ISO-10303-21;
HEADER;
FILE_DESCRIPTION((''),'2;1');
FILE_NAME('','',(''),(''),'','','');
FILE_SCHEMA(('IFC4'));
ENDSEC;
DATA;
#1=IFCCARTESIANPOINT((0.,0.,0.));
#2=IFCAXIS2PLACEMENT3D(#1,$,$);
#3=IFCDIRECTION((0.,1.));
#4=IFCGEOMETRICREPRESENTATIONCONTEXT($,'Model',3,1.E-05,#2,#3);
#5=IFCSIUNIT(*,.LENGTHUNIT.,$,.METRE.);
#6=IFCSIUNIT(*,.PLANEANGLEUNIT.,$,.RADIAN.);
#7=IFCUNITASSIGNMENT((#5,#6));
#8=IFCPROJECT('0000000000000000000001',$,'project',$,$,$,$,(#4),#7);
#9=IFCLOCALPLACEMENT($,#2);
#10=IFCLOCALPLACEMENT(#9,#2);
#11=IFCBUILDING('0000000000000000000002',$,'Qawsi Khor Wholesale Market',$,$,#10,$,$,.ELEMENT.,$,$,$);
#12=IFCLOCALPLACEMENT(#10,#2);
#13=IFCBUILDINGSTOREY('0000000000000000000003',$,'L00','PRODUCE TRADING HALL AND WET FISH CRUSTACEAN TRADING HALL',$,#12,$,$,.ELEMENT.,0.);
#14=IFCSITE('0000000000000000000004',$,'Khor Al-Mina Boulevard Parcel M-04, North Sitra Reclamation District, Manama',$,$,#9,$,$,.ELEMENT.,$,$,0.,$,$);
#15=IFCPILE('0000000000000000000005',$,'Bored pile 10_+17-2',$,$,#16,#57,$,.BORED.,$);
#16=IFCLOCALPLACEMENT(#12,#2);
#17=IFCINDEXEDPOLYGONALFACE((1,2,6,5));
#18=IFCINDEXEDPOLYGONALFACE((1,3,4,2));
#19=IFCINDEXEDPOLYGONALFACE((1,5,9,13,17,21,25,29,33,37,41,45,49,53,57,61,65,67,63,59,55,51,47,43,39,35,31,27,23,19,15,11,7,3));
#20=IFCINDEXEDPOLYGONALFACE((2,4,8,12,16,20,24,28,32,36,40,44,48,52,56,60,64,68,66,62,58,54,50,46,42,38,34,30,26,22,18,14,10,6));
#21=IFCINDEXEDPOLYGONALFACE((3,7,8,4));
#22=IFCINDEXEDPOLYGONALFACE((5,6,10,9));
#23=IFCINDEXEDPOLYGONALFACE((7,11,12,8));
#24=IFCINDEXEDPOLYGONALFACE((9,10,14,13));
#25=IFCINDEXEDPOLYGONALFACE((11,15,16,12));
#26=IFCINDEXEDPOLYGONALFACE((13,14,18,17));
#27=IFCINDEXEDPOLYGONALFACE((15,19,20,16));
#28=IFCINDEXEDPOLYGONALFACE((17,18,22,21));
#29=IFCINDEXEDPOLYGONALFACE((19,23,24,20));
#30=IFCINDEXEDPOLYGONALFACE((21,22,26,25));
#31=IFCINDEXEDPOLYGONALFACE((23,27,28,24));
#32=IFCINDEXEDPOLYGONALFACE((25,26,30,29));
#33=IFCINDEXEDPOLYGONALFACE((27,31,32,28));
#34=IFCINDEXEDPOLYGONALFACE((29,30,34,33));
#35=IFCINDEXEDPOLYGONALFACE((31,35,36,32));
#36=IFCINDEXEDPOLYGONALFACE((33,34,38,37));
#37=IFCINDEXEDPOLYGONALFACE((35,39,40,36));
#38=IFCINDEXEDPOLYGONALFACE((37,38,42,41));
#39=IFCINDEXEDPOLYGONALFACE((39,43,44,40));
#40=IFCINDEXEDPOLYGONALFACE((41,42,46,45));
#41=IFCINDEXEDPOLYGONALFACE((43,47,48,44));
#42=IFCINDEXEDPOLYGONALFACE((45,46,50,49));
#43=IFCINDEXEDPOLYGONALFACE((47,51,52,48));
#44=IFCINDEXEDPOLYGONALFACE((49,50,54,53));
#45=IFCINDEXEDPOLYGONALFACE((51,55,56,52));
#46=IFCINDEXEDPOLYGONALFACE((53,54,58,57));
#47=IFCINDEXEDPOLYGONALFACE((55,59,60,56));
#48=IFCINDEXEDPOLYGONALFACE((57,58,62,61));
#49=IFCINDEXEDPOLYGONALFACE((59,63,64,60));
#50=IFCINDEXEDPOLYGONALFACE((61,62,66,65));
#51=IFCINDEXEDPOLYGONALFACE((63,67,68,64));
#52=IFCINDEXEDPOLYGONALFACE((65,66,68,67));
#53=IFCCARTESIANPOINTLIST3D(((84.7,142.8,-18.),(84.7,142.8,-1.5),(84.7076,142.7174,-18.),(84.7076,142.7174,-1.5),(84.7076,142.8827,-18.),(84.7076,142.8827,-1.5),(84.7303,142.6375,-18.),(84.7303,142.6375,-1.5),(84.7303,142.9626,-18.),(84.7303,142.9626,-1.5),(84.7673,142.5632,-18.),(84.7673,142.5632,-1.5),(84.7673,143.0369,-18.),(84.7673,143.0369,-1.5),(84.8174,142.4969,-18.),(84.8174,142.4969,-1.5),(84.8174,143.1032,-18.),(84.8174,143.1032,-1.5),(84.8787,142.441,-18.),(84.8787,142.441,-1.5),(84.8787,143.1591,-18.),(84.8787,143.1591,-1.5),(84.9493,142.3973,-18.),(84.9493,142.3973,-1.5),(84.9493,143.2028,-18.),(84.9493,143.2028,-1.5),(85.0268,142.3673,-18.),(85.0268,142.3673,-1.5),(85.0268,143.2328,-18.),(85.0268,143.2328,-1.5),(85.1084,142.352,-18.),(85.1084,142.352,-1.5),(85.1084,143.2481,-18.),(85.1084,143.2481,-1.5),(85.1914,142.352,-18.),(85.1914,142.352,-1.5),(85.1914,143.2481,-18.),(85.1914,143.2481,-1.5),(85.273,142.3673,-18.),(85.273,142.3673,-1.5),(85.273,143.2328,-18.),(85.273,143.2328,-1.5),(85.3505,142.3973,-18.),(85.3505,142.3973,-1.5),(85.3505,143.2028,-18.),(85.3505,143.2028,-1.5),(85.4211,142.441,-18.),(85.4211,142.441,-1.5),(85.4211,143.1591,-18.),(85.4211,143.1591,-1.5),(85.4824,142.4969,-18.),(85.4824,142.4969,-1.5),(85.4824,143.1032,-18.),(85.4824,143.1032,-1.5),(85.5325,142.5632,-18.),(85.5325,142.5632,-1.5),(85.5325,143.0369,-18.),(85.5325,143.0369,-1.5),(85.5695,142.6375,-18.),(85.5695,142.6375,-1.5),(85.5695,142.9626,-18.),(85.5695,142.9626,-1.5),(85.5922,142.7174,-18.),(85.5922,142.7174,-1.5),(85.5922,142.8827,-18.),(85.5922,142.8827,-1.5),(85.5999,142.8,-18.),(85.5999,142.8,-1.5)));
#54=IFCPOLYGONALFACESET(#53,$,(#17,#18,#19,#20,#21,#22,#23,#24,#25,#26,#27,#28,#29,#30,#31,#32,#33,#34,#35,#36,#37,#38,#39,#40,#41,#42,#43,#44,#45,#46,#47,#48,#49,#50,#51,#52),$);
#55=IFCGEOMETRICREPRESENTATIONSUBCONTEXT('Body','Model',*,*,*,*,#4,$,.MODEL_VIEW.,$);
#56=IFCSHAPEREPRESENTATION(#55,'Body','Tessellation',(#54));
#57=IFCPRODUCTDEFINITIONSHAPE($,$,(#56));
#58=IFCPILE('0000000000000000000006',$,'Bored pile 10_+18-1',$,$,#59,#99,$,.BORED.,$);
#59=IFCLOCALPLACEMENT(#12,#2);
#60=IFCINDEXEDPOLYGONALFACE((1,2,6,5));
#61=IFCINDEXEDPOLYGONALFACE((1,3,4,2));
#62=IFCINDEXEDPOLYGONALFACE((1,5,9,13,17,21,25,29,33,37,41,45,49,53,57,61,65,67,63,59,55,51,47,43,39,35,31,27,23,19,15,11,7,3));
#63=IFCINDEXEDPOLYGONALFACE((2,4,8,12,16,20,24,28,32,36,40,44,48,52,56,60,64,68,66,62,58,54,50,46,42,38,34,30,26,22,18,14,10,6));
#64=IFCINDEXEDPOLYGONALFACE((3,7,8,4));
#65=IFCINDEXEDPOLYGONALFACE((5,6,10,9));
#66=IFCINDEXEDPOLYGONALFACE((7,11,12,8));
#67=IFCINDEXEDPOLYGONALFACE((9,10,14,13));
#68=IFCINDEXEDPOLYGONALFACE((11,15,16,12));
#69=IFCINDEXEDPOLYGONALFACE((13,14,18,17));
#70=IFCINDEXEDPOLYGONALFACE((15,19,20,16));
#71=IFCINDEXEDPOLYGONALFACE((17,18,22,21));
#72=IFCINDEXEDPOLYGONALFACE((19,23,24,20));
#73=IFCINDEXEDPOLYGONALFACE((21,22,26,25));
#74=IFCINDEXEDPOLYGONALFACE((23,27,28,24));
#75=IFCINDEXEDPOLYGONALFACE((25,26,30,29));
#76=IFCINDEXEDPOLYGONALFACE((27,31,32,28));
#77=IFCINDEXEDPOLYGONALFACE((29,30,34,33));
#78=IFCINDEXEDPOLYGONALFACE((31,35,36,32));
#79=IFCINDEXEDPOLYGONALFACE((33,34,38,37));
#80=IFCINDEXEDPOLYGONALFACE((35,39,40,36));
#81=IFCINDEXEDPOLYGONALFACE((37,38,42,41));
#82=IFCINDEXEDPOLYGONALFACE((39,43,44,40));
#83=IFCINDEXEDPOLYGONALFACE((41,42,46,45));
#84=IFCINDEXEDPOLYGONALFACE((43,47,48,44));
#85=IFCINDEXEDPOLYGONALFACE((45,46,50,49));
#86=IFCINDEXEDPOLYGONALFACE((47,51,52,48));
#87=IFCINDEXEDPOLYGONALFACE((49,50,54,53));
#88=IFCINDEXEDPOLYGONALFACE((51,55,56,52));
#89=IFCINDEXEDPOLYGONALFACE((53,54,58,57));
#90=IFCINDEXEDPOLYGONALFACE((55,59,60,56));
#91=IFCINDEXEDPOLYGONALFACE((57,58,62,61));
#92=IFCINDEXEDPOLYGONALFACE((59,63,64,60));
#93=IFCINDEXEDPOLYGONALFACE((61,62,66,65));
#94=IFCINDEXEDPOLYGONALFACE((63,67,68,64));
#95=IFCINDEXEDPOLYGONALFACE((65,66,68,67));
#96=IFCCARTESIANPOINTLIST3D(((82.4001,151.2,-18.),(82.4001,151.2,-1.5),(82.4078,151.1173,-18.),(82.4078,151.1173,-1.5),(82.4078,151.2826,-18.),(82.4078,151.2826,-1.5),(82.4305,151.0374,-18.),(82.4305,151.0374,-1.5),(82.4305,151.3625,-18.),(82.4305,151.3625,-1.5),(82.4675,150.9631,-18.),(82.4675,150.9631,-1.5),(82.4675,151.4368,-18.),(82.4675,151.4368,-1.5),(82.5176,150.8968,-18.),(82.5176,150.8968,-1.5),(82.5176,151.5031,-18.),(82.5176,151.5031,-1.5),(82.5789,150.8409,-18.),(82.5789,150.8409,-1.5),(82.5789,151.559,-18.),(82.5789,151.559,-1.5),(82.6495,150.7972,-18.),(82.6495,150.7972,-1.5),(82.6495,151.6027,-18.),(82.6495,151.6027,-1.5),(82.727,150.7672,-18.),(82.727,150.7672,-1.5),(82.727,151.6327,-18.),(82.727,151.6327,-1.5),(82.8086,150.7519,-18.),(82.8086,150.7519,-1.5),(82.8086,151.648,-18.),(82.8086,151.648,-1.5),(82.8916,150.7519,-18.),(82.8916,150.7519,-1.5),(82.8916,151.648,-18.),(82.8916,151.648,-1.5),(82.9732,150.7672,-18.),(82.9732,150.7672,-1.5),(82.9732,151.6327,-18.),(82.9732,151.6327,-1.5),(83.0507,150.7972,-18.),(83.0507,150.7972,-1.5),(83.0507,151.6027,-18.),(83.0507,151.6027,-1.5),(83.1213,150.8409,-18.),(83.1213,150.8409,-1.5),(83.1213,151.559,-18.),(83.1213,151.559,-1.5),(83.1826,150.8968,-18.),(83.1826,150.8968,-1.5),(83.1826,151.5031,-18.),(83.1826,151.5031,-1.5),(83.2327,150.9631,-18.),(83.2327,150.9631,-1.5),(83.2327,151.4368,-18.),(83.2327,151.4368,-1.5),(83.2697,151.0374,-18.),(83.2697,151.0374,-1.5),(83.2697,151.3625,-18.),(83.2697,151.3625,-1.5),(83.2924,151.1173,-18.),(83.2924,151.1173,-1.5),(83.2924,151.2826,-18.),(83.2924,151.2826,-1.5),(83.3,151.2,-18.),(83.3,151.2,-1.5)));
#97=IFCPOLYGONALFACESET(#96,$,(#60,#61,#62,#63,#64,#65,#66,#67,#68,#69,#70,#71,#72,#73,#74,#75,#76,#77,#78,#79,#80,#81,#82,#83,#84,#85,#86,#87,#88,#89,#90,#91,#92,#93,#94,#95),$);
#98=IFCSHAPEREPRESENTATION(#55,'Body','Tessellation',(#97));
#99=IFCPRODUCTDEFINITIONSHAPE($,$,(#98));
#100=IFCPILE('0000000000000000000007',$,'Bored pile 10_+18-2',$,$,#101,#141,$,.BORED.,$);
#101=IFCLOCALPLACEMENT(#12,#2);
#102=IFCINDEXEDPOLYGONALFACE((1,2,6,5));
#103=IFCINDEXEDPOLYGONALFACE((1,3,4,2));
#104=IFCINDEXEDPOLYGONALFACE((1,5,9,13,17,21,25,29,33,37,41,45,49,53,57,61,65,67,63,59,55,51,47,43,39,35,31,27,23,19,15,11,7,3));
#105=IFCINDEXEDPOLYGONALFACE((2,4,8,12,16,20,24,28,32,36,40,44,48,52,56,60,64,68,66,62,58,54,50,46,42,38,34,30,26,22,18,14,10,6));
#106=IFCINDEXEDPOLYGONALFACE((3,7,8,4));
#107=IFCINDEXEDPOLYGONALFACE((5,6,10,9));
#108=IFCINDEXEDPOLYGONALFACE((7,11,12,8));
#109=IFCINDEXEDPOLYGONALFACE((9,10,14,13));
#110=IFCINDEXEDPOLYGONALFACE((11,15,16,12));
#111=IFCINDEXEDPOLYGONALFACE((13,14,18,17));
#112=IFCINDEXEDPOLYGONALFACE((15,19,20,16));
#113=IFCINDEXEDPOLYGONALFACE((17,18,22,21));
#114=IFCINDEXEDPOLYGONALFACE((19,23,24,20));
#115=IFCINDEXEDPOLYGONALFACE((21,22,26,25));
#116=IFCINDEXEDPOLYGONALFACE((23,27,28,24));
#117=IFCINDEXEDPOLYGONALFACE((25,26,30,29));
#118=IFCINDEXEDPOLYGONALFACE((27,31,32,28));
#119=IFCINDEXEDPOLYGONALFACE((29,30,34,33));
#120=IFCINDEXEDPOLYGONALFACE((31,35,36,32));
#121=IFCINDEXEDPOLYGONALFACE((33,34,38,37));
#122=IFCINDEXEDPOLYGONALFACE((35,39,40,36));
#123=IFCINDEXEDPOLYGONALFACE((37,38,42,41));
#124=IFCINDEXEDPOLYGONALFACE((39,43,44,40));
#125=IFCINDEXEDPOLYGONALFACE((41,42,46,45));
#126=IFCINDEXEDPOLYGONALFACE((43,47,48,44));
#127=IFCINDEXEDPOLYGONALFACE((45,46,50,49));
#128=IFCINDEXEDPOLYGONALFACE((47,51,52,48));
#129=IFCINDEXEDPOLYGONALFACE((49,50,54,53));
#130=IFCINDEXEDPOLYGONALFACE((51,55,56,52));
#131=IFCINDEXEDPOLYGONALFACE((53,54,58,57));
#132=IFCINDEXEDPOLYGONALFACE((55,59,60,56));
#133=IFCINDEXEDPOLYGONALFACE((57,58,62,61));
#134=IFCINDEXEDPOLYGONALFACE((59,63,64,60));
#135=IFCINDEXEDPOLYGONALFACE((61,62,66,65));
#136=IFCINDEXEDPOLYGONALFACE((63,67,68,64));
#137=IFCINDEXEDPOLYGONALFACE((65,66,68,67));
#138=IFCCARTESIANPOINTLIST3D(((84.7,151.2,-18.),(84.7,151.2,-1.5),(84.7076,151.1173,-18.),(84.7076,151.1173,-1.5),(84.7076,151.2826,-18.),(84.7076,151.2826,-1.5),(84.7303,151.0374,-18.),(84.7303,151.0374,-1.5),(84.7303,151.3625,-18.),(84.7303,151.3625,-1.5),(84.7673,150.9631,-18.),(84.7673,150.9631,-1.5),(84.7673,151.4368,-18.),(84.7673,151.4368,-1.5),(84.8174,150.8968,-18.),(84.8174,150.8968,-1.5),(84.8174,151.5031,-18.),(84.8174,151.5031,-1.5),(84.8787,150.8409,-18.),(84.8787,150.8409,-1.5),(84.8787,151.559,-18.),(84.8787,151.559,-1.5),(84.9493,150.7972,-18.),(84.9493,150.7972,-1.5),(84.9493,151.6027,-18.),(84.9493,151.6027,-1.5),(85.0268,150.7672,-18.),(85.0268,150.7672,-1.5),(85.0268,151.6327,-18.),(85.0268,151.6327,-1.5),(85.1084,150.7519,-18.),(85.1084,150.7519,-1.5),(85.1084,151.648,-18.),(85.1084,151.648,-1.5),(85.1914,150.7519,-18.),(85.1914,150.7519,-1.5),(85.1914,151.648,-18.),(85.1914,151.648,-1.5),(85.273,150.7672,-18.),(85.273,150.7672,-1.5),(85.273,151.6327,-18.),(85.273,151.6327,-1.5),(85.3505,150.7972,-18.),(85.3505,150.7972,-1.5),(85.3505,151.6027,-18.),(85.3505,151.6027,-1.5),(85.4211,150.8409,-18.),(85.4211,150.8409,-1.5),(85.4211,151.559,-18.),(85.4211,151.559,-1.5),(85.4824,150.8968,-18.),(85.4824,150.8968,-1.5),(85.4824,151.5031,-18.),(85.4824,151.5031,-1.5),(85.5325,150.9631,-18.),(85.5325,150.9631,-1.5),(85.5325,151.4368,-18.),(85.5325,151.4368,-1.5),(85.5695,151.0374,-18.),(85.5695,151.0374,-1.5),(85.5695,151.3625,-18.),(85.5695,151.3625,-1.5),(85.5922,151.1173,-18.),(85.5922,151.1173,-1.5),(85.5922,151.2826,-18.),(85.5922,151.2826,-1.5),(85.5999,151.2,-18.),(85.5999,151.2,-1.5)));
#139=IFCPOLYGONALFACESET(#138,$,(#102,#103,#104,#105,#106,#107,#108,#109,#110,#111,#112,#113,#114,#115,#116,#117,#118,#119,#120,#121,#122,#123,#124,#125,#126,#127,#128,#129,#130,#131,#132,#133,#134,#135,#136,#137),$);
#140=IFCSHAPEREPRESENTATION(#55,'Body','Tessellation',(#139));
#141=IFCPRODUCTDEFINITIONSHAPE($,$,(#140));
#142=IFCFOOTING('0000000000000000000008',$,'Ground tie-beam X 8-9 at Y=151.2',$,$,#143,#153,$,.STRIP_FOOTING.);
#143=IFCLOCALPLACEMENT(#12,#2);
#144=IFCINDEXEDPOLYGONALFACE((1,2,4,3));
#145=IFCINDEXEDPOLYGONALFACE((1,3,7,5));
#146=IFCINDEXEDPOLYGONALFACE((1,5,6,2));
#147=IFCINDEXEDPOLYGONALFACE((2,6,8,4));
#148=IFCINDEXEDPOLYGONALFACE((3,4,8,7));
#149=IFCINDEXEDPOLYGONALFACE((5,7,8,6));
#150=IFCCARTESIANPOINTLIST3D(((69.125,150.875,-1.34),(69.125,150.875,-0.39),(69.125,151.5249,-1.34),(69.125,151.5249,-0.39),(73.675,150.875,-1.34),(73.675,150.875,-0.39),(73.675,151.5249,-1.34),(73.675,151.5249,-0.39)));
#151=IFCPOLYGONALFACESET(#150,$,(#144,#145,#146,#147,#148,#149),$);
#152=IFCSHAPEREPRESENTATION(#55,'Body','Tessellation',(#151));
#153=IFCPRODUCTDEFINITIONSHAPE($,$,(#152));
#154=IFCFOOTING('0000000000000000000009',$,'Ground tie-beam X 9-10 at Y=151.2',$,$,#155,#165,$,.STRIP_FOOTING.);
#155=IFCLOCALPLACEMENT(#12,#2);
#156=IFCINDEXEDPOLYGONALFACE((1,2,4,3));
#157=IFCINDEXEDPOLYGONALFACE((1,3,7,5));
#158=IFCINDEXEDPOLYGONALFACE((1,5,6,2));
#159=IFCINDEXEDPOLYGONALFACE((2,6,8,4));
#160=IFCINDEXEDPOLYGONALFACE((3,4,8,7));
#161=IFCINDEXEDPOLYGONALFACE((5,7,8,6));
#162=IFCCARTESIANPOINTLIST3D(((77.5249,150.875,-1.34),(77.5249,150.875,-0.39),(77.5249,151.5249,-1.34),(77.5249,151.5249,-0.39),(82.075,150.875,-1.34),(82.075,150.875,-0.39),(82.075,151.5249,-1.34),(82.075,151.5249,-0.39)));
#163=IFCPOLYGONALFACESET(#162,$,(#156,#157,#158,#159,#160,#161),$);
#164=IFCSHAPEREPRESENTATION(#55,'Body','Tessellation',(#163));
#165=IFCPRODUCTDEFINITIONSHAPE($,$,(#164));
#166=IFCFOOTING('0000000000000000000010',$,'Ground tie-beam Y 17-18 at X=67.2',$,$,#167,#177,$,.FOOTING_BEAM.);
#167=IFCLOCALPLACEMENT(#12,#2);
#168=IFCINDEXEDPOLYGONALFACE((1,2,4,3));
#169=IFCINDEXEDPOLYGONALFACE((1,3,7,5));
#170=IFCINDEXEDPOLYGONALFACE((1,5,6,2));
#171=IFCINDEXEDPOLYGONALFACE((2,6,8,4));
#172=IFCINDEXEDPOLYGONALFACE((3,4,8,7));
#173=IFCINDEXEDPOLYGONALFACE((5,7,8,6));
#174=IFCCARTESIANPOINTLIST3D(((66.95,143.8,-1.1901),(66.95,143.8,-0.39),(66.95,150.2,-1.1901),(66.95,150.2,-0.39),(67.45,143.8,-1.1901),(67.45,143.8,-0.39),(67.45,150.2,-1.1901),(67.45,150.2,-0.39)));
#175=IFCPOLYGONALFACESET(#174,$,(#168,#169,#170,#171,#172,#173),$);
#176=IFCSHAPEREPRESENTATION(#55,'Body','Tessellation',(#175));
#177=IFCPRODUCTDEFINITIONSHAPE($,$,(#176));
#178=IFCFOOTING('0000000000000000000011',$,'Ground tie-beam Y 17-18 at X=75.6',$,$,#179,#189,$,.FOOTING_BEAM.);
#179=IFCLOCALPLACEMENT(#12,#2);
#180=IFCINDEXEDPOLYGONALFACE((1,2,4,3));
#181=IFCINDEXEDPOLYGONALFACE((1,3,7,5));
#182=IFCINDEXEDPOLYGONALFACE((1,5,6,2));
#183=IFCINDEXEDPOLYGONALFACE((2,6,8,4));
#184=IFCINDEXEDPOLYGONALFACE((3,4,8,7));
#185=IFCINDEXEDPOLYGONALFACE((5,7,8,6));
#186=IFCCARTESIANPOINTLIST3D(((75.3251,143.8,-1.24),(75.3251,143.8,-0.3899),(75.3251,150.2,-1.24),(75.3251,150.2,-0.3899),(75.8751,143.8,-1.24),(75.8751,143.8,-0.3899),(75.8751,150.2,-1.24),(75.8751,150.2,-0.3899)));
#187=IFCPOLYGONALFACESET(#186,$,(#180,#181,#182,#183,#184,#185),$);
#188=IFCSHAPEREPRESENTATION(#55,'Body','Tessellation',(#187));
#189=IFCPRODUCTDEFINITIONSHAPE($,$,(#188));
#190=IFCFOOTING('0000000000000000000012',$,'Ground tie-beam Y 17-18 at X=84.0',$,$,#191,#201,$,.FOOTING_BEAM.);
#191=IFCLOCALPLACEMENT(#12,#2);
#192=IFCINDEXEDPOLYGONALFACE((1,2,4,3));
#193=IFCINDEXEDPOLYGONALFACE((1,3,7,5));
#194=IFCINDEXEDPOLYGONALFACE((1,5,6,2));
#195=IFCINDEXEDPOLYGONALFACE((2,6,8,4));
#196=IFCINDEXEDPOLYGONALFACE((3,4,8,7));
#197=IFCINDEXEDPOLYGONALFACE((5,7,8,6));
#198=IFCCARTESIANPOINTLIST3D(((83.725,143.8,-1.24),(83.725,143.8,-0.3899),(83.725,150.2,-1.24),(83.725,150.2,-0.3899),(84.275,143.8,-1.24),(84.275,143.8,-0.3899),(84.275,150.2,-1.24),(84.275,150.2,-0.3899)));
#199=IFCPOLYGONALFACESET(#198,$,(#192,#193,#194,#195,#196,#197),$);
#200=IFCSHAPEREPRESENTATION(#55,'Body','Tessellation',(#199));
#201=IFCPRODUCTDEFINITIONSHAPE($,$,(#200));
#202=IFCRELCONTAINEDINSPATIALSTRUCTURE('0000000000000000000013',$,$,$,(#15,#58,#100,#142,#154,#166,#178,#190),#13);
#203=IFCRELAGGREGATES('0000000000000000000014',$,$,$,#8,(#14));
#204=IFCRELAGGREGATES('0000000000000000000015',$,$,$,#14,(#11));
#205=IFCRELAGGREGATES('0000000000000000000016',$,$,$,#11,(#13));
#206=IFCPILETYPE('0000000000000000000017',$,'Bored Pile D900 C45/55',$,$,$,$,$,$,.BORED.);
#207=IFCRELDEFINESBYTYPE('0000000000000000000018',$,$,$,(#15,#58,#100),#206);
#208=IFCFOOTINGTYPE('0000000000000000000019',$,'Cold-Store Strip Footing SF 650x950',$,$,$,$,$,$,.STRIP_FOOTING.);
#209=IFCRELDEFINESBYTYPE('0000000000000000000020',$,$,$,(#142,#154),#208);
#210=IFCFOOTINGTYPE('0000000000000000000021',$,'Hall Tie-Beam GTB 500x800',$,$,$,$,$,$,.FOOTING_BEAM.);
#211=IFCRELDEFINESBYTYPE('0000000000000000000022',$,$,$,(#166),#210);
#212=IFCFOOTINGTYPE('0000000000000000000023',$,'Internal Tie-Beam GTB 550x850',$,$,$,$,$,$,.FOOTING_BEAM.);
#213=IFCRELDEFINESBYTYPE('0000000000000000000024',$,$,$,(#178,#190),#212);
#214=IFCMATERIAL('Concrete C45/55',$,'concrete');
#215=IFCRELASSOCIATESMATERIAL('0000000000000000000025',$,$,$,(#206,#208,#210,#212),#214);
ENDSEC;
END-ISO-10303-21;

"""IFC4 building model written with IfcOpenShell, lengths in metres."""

from ifc_helpers import new_model, si_unit, direction, frame, origin, origin_2d, place, context, subcontext, project, spatial, rectangle, circle, extrude, material, material_profile, profile_set, type_object, element, save


model = new_model("IFC4")

# Units and contexts
model_context = context("Model", 3, precision=1e-05, world=origin(), true_north=direction((0.0, 1.0)))
body_context = subcontext(model_context, "Body", "Model", "MODEL_VIEW")
ifc_project = project(units=[si_unit("LENGTHUNIT", "METRE"), si_unit("PLANEANGLEUNIT", "RADIAN")], contexts=[model_context])

# Site, building, storey
site_placement = place(None, origin())
site = spatial("IfcSite", under=ifc_project, at=site_placement, Name="Khor Al-Mina Boulevard Parcel M-04, North Sitra Reclamation District, Manama", CompositionType="ELEMENT", RefElevation=0.0)
building_placement = place(site_placement, origin())
building = spatial("IfcBuilding", under=site, at=building_placement, Name="Qawsi Khor Wholesale Market", CompositionType="ELEMENT")
storey_placement = place(building_placement, origin())
storey = spatial("IfcBuildingStorey", under=building, at=storey_placement, Name="L00", Description="PRODUCE TRADING HALL AND WET FISH CRUSTACEAN TRADING HALL", CompositionType="ELEMENT", Elevation=0.0)

# Piles
ifc_material_1 = material(Name="Concrete C45/55", Category="concrete")
ifc_material_profile_1 = material_profile(ifc_material_1, circle(Radius=0.45, at=origin_2d()), Name="PILE D900")
ifc_profile_set_1 = profile_set([ifc_material_profile_1], Name="Concrete C45/55")
pile_type = type_object("IfcPileType", Name="Bored Pile D900 C45/55", PredefinedType="BORED", material=ifc_profile_set_1)
for number, where, z_axis, x_axis, name in (
    (1, (85.1499, 142.8, -1.5), (0.0, 0.0, -1.0), (1.0, 0.0, 0.0), "Bored pile 10_+17-2"),
    (2, (82.8501, 151.2, -1.5), (0.0, 0.0, -1.0), (1.0, 0.0, 0.0), "Bored pile 10_+18-1"),
    (3, (85.1499, 151.2, -1.5), (0.0, 0.0, -1.0), (1.0, 0.0, 0.0), "Bored pile 10_+18-2"),
):
    element("IfcPile", number, at=place(storey_placement, frame(where, z_axis=z_axis, x_axis=x_axis)), inside=storey, type_object=pile_type, Name=name, PredefinedType="BORED", context=body_context, shape_type="SweptSolid", body=[
        extrude(circle(Radius=0.45, at=origin_2d()), origin(), (0.0, 0.0, 1.0), 16.5),
    ])

# Footings
ifc_material_profile_2 = material_profile(ifc_material_1, rectangle(XDim=0.6499, YDim=0.95, at=origin_2d()), Name="RC 650x950")
ifc_profile_set_2 = profile_set([ifc_material_profile_2], Name="Concrete C45/55")
footing_type_1 = type_object("IfcFootingType", Name="Cold-Store Strip Footing SF 650x950", PredefinedType="STRIP_FOOTING", material=ifc_profile_set_2)
for number, where, z_axis, x_axis, name in (
    (4, (69.125, 151.2, -0.865), (1.0, 0.0, 0.0), (0.0, 1.0, 0.0), "Ground tie-beam X 8-9 at Y=151.2"),
    (5, (77.5249, 151.2, -0.865), (1.0, 0.0, 0.0), (0.0, 1.0, 0.0), "Ground tie-beam X 9-10 at Y=151.2"),
):
    element("IfcFooting", number, at=place(storey_placement, frame(where, z_axis=z_axis, x_axis=x_axis)), inside=storey, type_object=footing_type_1, Name=name, PredefinedType="STRIP_FOOTING", context=body_context, shape_type="SweptSolid", body=[
        extrude(rectangle(XDim=0.6499, YDim=0.95, at=origin_2d()), origin(), (0.0, 0.0, 1.0), 4.55),
    ])
ifc_material_profile_3 = material_profile(ifc_material_1, rectangle(XDim=0.5, YDim=0.8, at=origin_2d()), Name="RC 500x800")
ifc_profile_set_3 = profile_set([ifc_material_profile_3], Name="Concrete C45/55")
footing_type_2 = type_object("IfcFootingType", Name="Hall Tie-Beam GTB 500x800", PredefinedType="FOOTING_BEAM", material=ifc_profile_set_3)
footing_placement = place(storey_placement, frame((67.2, 143.8, -0.79), z_axis=(0.0, 1.0, 0.0), x_axis=(-1.0, 0.0, 0.0)))
element("IfcFooting", 6, at=footing_placement, inside=storey, type_object=footing_type_2, Name="Ground tie-beam Y 17-18 at X=67.2", PredefinedType="FOOTING_BEAM", context=body_context, shape_type="SweptSolid", body=[
    extrude(rectangle(XDim=0.5, YDim=0.8, at=origin_2d()), origin(), (0.0, 0.0, 1.0), 6.3999),
])
ifc_material_profile_4 = material_profile(ifc_material_1, rectangle(XDim=0.55, YDim=0.8501, at=origin_2d()), Name="RC 550x850")
ifc_profile_set_4 = profile_set([ifc_material_profile_4], Name="Concrete C45/55")
footing_type_3 = type_object("IfcFootingType", Name="Internal Tie-Beam GTB 550x850", PredefinedType="FOOTING_BEAM", material=ifc_profile_set_4)
for number, where, z_axis, x_axis, name in (
    (7, (75.6001, 143.8, -0.8149), (0.0, 1.0, 0.0), (-1.0, 0.0, 0.0), "Ground tie-beam Y 17-18 at X=75.6"),
    (8, (84.0, 143.8, -0.8149), (0.0, 1.0, 0.0), (-1.0, 0.0, 0.0), "Ground tie-beam Y 17-18 at X=84.0"),
):
    element("IfcFooting", number, at=place(storey_placement, frame(where, z_axis=z_axis, x_axis=x_axis)), inside=storey, type_object=footing_type_3, Name=name, PredefinedType="FOOTING_BEAM", context=body_context, shape_type="SweptSolid", body=[
        extrude(rectangle(XDim=0.55, YDim=0.8501, at=origin_2d()), origin(), (0.0, 0.0, 1.0), 6.3999),
    ])

save(model, "model.ifc")
